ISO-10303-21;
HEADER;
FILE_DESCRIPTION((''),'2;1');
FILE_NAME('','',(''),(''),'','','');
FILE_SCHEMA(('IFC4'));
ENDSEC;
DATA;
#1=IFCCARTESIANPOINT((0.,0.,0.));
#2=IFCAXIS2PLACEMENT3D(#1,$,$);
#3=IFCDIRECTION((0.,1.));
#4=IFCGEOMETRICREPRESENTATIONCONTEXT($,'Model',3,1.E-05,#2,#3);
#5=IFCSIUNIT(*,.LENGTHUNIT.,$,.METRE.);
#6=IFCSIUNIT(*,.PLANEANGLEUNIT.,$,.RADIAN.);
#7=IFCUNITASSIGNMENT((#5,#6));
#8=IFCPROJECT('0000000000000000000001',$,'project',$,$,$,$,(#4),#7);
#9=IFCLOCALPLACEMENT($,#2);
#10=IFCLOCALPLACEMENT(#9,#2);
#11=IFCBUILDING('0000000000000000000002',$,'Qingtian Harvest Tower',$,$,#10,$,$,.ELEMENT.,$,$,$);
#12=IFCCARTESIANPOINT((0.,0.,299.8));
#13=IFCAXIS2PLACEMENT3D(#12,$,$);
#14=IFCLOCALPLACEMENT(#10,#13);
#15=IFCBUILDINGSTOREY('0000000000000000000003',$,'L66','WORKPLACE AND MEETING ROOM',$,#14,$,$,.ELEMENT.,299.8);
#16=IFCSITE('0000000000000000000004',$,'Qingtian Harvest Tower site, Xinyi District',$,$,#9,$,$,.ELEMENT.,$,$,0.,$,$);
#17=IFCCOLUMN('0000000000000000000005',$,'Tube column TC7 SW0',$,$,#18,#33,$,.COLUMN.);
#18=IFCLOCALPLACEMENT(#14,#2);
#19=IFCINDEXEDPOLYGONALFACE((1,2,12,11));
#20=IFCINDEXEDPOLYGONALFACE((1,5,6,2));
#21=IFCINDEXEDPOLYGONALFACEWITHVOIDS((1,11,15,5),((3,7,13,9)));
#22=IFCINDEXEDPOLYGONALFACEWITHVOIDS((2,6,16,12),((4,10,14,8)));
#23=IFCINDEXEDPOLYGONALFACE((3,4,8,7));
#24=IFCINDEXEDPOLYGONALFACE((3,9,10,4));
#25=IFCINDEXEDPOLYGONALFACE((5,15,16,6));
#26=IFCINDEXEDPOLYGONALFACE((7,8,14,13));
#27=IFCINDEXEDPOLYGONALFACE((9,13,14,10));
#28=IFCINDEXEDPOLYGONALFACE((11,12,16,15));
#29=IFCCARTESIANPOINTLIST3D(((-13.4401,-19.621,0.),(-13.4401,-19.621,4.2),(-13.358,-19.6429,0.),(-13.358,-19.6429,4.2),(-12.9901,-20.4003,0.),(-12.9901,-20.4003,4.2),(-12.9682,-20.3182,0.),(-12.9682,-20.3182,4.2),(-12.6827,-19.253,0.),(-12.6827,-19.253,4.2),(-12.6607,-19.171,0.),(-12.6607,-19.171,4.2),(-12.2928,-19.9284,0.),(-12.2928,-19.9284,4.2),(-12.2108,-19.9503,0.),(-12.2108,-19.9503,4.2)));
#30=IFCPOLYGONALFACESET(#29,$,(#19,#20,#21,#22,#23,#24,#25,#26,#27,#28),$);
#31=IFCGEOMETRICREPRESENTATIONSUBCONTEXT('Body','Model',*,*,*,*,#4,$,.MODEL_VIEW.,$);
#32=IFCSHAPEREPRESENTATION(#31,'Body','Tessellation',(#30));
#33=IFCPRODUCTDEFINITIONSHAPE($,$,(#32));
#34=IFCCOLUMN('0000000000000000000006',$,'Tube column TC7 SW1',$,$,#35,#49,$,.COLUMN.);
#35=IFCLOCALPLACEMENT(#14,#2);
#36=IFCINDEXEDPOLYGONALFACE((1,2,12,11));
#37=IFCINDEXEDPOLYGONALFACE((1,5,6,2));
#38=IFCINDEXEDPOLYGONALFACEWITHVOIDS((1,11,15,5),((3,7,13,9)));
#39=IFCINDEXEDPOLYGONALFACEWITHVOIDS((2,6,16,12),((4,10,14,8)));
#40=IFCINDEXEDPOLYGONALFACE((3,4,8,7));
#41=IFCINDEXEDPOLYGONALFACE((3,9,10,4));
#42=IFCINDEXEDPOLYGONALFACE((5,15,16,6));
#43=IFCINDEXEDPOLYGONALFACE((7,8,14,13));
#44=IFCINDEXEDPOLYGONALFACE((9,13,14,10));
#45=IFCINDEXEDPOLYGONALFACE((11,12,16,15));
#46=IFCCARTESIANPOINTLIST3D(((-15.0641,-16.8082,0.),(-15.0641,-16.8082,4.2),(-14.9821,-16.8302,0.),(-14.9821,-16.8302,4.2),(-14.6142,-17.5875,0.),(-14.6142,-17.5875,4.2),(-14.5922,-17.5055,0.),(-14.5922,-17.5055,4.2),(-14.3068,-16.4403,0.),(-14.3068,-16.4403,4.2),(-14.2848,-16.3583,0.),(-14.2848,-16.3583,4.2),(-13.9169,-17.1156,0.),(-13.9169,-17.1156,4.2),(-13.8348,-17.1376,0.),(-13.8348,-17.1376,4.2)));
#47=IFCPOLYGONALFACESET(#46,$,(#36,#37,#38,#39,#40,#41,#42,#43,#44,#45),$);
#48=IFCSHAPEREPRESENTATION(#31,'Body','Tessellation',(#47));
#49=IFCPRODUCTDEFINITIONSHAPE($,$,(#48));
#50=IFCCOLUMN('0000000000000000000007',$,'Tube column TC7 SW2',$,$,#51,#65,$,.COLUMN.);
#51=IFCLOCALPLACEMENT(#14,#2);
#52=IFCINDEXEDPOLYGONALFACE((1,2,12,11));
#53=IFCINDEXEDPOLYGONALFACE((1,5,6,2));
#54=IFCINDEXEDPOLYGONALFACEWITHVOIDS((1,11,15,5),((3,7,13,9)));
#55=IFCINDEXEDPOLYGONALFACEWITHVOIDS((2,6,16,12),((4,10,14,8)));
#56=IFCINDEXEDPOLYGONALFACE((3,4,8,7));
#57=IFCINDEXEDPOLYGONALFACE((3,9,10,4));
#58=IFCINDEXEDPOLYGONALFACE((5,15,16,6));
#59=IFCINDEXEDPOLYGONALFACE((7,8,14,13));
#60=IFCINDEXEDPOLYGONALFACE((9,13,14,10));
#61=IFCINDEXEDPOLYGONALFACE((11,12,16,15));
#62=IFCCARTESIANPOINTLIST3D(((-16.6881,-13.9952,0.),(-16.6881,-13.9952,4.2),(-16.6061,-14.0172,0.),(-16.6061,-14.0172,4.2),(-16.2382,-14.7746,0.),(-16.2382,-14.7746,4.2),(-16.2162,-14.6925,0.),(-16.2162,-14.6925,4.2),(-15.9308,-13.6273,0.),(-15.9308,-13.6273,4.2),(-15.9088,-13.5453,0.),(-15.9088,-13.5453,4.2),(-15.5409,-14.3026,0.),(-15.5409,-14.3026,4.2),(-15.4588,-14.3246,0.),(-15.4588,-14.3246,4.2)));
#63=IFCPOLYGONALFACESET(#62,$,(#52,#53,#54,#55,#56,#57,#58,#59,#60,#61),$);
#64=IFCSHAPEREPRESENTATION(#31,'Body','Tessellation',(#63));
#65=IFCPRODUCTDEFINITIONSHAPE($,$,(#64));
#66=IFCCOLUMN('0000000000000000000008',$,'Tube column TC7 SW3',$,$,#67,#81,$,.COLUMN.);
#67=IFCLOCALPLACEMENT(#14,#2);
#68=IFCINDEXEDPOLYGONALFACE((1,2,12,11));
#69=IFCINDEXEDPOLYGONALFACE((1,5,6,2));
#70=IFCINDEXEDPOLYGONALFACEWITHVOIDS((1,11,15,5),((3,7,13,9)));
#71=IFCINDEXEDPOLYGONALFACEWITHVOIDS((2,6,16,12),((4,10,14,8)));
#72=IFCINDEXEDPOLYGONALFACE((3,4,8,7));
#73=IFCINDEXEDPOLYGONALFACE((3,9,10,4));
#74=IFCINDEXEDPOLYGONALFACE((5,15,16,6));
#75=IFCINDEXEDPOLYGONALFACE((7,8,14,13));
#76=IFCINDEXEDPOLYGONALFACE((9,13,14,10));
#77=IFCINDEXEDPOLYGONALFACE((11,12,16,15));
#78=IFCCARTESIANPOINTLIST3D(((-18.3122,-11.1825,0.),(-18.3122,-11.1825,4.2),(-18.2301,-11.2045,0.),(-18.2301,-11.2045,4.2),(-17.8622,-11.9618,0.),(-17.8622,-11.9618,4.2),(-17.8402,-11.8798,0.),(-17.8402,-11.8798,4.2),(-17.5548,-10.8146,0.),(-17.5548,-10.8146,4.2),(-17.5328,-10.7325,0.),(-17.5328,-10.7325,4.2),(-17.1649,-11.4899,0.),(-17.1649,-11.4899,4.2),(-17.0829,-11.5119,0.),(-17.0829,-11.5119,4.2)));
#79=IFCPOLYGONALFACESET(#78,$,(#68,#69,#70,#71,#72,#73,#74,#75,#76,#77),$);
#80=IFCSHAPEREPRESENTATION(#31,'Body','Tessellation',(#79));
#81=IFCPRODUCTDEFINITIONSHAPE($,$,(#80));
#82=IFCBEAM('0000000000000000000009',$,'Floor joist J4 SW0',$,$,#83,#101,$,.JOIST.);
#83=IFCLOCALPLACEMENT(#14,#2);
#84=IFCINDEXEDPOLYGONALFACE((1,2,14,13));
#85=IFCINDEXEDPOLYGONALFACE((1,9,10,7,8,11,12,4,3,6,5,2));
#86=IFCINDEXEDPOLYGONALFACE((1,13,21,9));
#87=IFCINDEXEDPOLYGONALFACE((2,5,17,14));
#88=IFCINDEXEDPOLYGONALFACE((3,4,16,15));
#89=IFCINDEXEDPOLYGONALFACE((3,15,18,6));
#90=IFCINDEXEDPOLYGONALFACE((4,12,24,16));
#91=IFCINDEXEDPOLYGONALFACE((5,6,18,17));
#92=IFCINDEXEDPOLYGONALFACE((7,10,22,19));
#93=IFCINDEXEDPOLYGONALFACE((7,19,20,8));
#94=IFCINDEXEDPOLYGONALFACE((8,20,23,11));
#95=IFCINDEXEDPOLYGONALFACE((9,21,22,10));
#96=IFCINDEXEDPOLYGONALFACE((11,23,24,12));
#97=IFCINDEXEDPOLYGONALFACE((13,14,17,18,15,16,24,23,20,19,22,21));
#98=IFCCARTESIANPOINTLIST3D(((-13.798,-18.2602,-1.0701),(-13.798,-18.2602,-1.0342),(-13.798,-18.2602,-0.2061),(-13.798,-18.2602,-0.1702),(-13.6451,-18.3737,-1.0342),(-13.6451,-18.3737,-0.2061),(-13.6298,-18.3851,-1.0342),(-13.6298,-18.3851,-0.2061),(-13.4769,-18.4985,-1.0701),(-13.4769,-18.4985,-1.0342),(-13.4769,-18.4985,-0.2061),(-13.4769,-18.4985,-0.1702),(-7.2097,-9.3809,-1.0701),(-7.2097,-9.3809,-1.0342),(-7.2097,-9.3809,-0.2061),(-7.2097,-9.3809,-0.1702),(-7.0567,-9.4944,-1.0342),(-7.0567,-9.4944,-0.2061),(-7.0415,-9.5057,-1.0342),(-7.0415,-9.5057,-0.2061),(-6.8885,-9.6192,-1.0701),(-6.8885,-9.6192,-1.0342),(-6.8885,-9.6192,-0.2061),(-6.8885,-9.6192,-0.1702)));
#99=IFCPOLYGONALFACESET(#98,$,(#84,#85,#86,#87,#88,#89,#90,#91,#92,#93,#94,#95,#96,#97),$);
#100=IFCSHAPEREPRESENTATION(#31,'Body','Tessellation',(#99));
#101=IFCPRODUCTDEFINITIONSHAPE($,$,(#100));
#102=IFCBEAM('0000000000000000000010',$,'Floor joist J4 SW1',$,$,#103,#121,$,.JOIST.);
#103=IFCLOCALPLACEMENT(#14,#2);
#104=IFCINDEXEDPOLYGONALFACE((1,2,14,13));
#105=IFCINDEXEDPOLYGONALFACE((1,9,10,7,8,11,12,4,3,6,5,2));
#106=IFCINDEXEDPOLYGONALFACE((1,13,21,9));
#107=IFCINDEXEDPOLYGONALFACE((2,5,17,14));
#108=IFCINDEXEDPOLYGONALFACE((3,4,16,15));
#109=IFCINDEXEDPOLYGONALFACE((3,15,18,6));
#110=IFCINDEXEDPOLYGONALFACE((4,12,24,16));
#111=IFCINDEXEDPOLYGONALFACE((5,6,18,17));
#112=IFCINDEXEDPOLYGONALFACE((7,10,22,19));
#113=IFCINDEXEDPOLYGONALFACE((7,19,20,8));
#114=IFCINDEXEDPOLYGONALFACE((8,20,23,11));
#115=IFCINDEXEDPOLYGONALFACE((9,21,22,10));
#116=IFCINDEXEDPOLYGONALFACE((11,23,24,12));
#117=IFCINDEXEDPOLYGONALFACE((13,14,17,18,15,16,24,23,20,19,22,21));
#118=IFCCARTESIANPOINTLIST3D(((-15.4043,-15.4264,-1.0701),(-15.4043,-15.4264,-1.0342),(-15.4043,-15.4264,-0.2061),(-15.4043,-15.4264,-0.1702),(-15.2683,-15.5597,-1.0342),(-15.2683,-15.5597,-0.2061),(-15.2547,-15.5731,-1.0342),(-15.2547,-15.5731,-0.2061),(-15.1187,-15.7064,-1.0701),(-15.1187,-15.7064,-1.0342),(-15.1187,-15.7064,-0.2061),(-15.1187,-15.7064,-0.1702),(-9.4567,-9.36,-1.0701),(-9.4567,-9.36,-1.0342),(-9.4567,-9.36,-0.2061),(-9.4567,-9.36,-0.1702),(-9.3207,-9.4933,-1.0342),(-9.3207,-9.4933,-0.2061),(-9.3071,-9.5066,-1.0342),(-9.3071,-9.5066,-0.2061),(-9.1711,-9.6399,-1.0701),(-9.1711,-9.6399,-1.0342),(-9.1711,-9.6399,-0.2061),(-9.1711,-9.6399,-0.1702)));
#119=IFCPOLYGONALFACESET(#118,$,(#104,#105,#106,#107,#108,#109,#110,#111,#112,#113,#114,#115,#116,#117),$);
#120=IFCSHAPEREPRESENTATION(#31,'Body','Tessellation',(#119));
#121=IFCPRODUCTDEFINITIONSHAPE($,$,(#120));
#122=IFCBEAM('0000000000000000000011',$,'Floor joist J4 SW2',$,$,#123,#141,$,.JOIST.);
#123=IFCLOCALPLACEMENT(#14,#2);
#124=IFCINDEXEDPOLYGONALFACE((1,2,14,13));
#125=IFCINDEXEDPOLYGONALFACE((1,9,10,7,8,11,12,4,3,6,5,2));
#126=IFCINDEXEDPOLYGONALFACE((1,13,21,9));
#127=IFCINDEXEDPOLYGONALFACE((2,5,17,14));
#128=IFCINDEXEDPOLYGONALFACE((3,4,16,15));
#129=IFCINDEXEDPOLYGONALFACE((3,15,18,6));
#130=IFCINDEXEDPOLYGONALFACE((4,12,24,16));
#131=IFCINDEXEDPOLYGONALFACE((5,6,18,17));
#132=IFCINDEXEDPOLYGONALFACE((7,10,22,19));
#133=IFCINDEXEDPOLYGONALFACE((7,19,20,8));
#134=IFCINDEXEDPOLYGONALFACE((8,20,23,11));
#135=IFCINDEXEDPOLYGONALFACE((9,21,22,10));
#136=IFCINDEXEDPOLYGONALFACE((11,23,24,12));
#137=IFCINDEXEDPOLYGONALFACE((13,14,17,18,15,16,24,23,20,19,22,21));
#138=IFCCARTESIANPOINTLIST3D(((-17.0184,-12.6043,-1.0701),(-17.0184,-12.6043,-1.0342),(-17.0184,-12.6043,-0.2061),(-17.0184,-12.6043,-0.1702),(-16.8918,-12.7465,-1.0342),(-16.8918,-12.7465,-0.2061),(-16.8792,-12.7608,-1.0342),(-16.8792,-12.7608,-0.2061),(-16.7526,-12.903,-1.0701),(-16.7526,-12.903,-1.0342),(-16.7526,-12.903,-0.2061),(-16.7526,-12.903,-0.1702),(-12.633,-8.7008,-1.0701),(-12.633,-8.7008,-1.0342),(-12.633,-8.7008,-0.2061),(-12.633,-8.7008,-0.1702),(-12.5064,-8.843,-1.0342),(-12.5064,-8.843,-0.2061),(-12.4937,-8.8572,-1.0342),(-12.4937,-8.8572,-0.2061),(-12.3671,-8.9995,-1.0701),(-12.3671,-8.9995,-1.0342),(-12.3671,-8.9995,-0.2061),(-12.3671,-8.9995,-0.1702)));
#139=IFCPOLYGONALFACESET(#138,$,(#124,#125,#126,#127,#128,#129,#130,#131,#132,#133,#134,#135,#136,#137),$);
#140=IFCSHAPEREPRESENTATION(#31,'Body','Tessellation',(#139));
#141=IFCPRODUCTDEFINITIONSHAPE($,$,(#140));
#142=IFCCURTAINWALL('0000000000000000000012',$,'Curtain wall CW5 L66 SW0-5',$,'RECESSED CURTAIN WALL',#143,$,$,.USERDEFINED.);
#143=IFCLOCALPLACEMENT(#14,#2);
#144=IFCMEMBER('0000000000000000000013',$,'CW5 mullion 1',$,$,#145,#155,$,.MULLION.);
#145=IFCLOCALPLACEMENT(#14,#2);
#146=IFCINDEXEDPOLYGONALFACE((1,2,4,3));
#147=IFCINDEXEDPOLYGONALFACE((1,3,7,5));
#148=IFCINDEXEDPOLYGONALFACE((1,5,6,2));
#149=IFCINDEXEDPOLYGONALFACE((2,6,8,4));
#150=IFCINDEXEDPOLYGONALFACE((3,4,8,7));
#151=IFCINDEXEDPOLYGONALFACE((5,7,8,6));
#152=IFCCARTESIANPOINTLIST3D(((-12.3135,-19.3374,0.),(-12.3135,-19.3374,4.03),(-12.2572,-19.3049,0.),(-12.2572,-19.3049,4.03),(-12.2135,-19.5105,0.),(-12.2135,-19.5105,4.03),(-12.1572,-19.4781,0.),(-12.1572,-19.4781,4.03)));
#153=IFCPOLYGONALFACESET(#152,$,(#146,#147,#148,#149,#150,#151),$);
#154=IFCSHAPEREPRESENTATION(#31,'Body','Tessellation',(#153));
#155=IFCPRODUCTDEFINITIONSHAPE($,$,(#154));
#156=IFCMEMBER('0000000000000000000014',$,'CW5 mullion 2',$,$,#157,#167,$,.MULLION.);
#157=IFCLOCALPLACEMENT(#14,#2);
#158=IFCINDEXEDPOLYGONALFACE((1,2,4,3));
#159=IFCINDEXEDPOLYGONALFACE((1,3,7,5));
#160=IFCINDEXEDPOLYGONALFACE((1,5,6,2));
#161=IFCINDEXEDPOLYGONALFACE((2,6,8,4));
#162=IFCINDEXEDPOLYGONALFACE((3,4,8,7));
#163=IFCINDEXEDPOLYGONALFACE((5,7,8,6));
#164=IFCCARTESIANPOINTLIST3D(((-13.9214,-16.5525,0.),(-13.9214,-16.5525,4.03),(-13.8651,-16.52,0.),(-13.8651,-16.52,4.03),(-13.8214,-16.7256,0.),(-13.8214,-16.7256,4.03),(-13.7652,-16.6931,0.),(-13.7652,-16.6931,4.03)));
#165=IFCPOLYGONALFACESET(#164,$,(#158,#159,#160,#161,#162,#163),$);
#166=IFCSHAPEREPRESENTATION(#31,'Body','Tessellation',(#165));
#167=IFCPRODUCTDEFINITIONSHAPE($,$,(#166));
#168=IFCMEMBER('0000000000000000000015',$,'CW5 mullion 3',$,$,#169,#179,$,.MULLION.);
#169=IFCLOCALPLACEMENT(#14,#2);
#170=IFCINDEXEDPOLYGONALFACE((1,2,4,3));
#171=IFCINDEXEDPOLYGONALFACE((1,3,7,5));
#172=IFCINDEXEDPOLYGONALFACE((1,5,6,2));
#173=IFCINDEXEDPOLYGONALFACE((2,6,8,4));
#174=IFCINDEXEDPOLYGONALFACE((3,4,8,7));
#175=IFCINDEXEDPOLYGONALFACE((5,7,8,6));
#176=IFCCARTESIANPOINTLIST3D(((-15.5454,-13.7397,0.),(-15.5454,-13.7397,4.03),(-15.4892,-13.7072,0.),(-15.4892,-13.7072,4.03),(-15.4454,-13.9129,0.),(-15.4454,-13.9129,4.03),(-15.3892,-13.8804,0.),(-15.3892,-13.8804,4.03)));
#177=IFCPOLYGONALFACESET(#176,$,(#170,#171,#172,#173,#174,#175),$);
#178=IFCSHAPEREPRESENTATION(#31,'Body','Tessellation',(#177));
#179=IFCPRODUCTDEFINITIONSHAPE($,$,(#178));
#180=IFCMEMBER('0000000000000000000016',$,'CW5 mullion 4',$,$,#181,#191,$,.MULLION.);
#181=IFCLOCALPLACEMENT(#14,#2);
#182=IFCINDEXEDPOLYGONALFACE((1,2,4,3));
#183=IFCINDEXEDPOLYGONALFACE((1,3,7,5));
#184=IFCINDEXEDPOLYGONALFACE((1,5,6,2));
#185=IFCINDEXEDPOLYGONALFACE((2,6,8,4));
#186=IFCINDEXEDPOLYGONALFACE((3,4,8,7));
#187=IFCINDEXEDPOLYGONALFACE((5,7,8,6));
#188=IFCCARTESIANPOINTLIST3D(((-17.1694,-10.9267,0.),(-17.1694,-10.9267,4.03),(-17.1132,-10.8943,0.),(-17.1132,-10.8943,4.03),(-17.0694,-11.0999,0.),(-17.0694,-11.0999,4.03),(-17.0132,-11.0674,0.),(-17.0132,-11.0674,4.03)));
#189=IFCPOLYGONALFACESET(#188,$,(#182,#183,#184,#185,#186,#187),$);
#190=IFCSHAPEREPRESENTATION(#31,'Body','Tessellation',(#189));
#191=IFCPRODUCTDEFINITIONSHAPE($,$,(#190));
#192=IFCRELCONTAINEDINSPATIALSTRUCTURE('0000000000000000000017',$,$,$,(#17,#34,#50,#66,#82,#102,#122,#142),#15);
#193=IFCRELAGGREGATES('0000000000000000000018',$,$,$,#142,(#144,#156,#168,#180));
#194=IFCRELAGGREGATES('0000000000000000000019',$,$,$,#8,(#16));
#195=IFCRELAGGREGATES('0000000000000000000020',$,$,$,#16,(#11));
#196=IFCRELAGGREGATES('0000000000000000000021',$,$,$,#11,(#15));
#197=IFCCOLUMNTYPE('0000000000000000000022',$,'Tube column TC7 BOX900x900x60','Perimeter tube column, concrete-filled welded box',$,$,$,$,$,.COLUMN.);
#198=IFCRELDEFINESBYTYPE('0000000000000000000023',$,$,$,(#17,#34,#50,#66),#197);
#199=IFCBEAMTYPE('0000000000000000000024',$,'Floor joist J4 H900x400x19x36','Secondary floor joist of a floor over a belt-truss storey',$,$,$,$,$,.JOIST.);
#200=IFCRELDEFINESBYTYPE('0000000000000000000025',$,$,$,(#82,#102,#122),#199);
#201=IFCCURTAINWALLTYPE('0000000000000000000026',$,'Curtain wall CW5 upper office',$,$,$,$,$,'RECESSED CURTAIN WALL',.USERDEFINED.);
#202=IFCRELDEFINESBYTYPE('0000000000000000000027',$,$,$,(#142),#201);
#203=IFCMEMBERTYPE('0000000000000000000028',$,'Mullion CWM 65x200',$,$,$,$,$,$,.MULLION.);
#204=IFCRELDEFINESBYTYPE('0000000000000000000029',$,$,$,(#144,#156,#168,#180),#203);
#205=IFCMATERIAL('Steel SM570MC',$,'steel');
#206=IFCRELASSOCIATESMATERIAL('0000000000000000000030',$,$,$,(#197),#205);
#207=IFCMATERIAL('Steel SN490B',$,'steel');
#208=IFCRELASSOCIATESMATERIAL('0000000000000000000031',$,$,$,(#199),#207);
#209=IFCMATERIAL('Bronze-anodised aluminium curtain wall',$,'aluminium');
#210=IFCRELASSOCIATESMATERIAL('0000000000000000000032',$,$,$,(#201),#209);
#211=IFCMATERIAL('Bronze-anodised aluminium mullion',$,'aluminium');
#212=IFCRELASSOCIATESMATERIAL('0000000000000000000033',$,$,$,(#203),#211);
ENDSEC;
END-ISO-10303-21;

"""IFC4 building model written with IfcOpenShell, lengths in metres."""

from ifc_helpers import new_model, si_unit, direction, frame, origin, origin_2d, place, context, subcontext, project, spatial, rectangle, hollow_rectangle, i_section, extrude, material, material_profile, profile_set, type_object, element, aggregate, save


model = new_model("IFC4")

# Units and contexts
model_context = context("Model", 3, precision=1e-05, world=origin(), true_north=direction((0.0, 1.0)))
body_context = subcontext(model_context, "Body", "Model", "MODEL_VIEW")
ifc_project = project(units=[si_unit("LENGTHUNIT", "METRE"), si_unit("PLANEANGLEUNIT", "RADIAN")], contexts=[model_context])

# Site, building, storey
site_placement = place(None, origin())
site = spatial("IfcSite", under=ifc_project, at=site_placement, Name="Qingtian Harvest Tower site, Xinyi District", CompositionType="ELEMENT", RefElevation=0.0)
building_placement = place(site_placement, origin())
building = spatial("IfcBuilding", under=site, at=building_placement, Name="Qingtian Harvest Tower", CompositionType="ELEMENT")
storey_placement = place(building_placement, frame((0.0, 0.0, 299.8)))
storey = spatial("IfcBuildingStorey", under=building, at=storey_placement, Name="L66", Description="WORKPLACE AND MEETING ROOM", CompositionType="ELEMENT", Elevation=299.8)

# Columns
ifc_material_1 = material(Name="Steel SM570MC", Category="steel")
ifc_material_profile_1 = material_profile(ifc_material_1, hollow_rectangle(XDim=0.8999, YDim=0.8999, WallThickness=0.0601, at=origin_2d()), Name="BOX900x900x60")
ifc_profile_set_1 = profile_set([ifc_material_profile_1], Name="Steel SM570MC")
column_type = type_object("IfcColumnType", Name="Tube column TC7 BOX900x900x60", Description="Perimeter tube column, concrete-filled welded box", PredefinedType="COLUMN", material=ifc_profile_set_1)
for number, where, z_axis, x_axis, name in (
    (1, (-12.8254, -19.7856, 0.0), (0.0, 0.0, 1.0), (0.5, -0.866025, 0.0), "Tube column TC7 SW0"),
    (2, (-14.4495, -16.9729, 0.0), (0.0, 0.0, 1.0), (0.5, -0.866025, 0.0), "Tube column TC7 SW1"),
    (3, (-16.0735, -14.1599, 0.0), (0.0, 0.0, 1.0), (0.5, -0.866025, 0.0), "Tube column TC7 SW2"),
    (4, (-17.6975, -11.3472, 0.0), (0.0, 0.0, 1.0), (0.5, -0.866025, 0.0), "Tube column TC7 SW3"),
):
    element("IfcColumn", number, at=place(storey_placement, frame(where, z_axis=z_axis, x_axis=x_axis)), inside=storey, type_object=column_type, Name=name, PredefinedType="COLUMN", context=body_context, shape_type="SweptSolid", body=[
        extrude(hollow_rectangle(XDim=0.8999, YDim=0.8999, WallThickness=0.0601, at=origin_2d()), origin(), (0.0, 0.0, 1.0), 4.2),
    ])

# Beams
ifc_material_2 = material(Name="Steel SN490B", Category="steel")
ifc_material_profile_2 = material_profile(ifc_material_2, i_section(OverallWidth=0.3999, OverallDepth=0.8999, WebThickness=0.019, FlangeThickness=0.0359, at=origin_2d()), Name="H900x400x19x36")
ifc_profile_set_2 = profile_set([ifc_material_profile_2], Name="Steel SN490B")
beam_type_1 = type_object("IfcBeamType", Name="Floor joist J4 H900x400x19x36", Description="Secondary floor joist of a floor over a belt-truss storey", PredefinedType="JOIST", material=ifc_profile_set_2)
beam_1_placement = place(storey_placement, frame((-13.6375, -18.3794, -0.6201), z_axis=(0.595873, 0.803079, 0.0), x_axis=(-0.803079, 0.595873, 0.0)))
element("IfcBeam", 5, at=beam_1_placement, inside=storey, type_object=beam_type_1, Name="Floor joist J4 SW0", PredefinedType="JOIST", context=body_context, shape_type="SweptSolid", body=[
    extrude(i_section(OverallWidth=0.3999, OverallDepth=0.8999, WebThickness=0.019, FlangeThickness=0.0359, at=origin_2d()), origin(), (0.0, 0.0, 1.0), 11.0566),
])
beam_2_placement = place(storey_placement, frame((-15.2615, -15.5664, -0.6201), z_axis=(0.700075, 0.71407, 0.0), x_axis=(-0.71407, 0.700075, 0.0)))
element("IfcBeam", 6, at=beam_2_placement, inside=storey, type_object=beam_type_1, Name="Floor joist J4 SW1", PredefinedType="JOIST", context=body_context, shape_type="SweptSolid", body=[
    extrude(i_section(OverallWidth=0.3999, OverallDepth=0.8999, WebThickness=0.019, FlangeThickness=0.0359, at=origin_2d()), origin(), (0.0, 0.0, 1.0), 8.4956),
])
beam_3_placement = place(storey_placement, frame((-16.8855, -12.7537, -0.6201), z_axis=(0.746957, 0.664872, 0.0), x_axis=(-0.664872, 0.746957, 0.0)))
element("IfcBeam", 7, at=beam_3_placement, inside=storey, type_object=beam_type_1, Name="Floor joist J4 SW2", PredefinedType="JOIST", context=body_context, shape_type="SweptSolid", body=[
    extrude(i_section(OverallWidth=0.3999, OverallDepth=0.8999, WebThickness=0.019, FlangeThickness=0.0359, at=origin_2d()), origin(), (0.0, 0.0, 1.0), 5.8711),
])

# Curtain wall, members
ifc_material_3 = material(Name="Bronze-anodised aluminium curtain wall", Category="aluminium")
curtain_wall_type = type_object("IfcCurtainWallType", Name="Curtain wall CW5 upper office", ElementType="RECESSED CURTAIN WALL", PredefinedType="USERDEFINED", material=ifc_material_3)
curtain_wall_placement = place(storey_placement, origin())
curtain_wall = element("IfcCurtainWall", 8, at=curtain_wall_placement, inside=storey, type_object=curtain_wall_type, Name="Curtain wall CW5 L66 SW0-5", ObjectType="RECESSED CURTAIN WALL", PredefinedType="USERDEFINED")
ifc_material_4 = material(Name="Bronze-anodised aluminium mullion", Category="aluminium")
ifc_material_profile_3 = material_profile(ifc_material_4, rectangle(XDim=0.0649, YDim=0.2, at=origin_2d()), Name="AL 65x200")
ifc_profile_set_3 = profile_set([ifc_material_profile_3], Name="Bronze-anodised aluminium mullion")
member_type_1 = type_object("IfcMemberType", Name="Mullion CWM 65x200", PredefinedType="MULLION", material=ifc_profile_set_3)
member_1_placement = place(storey_placement, frame((-12.2354, -19.4077, 0.0), z_axis=(0.0, 0.0, 1.0), x_axis=(-0.866025, -0.5, 0.0)))
member_1 = element("IfcMember", 9, at=member_1_placement, type_object=member_type_1, Name="CW5 mullion 1", PredefinedType="MULLION", context=body_context, shape_type="SweptSolid", body=[
    extrude(rectangle(XDim=0.0649, YDim=0.2, at=origin_2d()), origin(), (0.0, 0.0, 1.0), 4.03),
])
member_2_placement = place(storey_placement, frame((-13.8433, -16.6228, 0.0), z_axis=(0.0, 0.0, 1.0), x_axis=(-0.866025, -0.5, 0.0)))
member_2 = element("IfcMember", 10, at=member_2_placement, type_object=member_type_1, Name="CW5 mullion 2", PredefinedType="MULLION", context=body_context, shape_type="SweptSolid", body=[
    extrude(rectangle(XDim=0.0649, YDim=0.2, at=origin_2d()), origin(), (0.0, 0.0, 1.0), 4.03),
])
member_3_placement = place(storey_placement, frame((-15.4673, -13.8101, 0.0), z_axis=(0.0, 0.0, 1.0), x_axis=(-0.866025, -0.5, 0.0)))
member_3 = element("IfcMember", 11, at=member_3_placement, type_object=member_type_1, Name="CW5 mullion 3", PredefinedType="MULLION", context=body_context, shape_type="SweptSolid", body=[
    extrude(rectangle(XDim=0.0649, YDim=0.2, at=origin_2d()), origin(), (0.0, 0.0, 1.0), 4.03),
])
member_4_placement = place(storey_placement, frame((-17.0913, -10.9971, 0.0), z_axis=(0.0, 0.0, 1.0), x_axis=(-0.866025, -0.5, 0.0)))
member_4 = element("IfcMember", 12, at=member_4_placement, type_object=member_type_1, Name="CW5 mullion 4", PredefinedType="MULLION", context=body_context, shape_type="SweptSolid", body=[
    extrude(rectangle(XDim=0.0649, YDim=0.2, at=origin_2d()), origin(), (0.0, 0.0, 1.0), 4.03),
])

aggregate(curtain_wall, [member_1, member_2, member_3, member_4])

save(model, "model.ifc")
